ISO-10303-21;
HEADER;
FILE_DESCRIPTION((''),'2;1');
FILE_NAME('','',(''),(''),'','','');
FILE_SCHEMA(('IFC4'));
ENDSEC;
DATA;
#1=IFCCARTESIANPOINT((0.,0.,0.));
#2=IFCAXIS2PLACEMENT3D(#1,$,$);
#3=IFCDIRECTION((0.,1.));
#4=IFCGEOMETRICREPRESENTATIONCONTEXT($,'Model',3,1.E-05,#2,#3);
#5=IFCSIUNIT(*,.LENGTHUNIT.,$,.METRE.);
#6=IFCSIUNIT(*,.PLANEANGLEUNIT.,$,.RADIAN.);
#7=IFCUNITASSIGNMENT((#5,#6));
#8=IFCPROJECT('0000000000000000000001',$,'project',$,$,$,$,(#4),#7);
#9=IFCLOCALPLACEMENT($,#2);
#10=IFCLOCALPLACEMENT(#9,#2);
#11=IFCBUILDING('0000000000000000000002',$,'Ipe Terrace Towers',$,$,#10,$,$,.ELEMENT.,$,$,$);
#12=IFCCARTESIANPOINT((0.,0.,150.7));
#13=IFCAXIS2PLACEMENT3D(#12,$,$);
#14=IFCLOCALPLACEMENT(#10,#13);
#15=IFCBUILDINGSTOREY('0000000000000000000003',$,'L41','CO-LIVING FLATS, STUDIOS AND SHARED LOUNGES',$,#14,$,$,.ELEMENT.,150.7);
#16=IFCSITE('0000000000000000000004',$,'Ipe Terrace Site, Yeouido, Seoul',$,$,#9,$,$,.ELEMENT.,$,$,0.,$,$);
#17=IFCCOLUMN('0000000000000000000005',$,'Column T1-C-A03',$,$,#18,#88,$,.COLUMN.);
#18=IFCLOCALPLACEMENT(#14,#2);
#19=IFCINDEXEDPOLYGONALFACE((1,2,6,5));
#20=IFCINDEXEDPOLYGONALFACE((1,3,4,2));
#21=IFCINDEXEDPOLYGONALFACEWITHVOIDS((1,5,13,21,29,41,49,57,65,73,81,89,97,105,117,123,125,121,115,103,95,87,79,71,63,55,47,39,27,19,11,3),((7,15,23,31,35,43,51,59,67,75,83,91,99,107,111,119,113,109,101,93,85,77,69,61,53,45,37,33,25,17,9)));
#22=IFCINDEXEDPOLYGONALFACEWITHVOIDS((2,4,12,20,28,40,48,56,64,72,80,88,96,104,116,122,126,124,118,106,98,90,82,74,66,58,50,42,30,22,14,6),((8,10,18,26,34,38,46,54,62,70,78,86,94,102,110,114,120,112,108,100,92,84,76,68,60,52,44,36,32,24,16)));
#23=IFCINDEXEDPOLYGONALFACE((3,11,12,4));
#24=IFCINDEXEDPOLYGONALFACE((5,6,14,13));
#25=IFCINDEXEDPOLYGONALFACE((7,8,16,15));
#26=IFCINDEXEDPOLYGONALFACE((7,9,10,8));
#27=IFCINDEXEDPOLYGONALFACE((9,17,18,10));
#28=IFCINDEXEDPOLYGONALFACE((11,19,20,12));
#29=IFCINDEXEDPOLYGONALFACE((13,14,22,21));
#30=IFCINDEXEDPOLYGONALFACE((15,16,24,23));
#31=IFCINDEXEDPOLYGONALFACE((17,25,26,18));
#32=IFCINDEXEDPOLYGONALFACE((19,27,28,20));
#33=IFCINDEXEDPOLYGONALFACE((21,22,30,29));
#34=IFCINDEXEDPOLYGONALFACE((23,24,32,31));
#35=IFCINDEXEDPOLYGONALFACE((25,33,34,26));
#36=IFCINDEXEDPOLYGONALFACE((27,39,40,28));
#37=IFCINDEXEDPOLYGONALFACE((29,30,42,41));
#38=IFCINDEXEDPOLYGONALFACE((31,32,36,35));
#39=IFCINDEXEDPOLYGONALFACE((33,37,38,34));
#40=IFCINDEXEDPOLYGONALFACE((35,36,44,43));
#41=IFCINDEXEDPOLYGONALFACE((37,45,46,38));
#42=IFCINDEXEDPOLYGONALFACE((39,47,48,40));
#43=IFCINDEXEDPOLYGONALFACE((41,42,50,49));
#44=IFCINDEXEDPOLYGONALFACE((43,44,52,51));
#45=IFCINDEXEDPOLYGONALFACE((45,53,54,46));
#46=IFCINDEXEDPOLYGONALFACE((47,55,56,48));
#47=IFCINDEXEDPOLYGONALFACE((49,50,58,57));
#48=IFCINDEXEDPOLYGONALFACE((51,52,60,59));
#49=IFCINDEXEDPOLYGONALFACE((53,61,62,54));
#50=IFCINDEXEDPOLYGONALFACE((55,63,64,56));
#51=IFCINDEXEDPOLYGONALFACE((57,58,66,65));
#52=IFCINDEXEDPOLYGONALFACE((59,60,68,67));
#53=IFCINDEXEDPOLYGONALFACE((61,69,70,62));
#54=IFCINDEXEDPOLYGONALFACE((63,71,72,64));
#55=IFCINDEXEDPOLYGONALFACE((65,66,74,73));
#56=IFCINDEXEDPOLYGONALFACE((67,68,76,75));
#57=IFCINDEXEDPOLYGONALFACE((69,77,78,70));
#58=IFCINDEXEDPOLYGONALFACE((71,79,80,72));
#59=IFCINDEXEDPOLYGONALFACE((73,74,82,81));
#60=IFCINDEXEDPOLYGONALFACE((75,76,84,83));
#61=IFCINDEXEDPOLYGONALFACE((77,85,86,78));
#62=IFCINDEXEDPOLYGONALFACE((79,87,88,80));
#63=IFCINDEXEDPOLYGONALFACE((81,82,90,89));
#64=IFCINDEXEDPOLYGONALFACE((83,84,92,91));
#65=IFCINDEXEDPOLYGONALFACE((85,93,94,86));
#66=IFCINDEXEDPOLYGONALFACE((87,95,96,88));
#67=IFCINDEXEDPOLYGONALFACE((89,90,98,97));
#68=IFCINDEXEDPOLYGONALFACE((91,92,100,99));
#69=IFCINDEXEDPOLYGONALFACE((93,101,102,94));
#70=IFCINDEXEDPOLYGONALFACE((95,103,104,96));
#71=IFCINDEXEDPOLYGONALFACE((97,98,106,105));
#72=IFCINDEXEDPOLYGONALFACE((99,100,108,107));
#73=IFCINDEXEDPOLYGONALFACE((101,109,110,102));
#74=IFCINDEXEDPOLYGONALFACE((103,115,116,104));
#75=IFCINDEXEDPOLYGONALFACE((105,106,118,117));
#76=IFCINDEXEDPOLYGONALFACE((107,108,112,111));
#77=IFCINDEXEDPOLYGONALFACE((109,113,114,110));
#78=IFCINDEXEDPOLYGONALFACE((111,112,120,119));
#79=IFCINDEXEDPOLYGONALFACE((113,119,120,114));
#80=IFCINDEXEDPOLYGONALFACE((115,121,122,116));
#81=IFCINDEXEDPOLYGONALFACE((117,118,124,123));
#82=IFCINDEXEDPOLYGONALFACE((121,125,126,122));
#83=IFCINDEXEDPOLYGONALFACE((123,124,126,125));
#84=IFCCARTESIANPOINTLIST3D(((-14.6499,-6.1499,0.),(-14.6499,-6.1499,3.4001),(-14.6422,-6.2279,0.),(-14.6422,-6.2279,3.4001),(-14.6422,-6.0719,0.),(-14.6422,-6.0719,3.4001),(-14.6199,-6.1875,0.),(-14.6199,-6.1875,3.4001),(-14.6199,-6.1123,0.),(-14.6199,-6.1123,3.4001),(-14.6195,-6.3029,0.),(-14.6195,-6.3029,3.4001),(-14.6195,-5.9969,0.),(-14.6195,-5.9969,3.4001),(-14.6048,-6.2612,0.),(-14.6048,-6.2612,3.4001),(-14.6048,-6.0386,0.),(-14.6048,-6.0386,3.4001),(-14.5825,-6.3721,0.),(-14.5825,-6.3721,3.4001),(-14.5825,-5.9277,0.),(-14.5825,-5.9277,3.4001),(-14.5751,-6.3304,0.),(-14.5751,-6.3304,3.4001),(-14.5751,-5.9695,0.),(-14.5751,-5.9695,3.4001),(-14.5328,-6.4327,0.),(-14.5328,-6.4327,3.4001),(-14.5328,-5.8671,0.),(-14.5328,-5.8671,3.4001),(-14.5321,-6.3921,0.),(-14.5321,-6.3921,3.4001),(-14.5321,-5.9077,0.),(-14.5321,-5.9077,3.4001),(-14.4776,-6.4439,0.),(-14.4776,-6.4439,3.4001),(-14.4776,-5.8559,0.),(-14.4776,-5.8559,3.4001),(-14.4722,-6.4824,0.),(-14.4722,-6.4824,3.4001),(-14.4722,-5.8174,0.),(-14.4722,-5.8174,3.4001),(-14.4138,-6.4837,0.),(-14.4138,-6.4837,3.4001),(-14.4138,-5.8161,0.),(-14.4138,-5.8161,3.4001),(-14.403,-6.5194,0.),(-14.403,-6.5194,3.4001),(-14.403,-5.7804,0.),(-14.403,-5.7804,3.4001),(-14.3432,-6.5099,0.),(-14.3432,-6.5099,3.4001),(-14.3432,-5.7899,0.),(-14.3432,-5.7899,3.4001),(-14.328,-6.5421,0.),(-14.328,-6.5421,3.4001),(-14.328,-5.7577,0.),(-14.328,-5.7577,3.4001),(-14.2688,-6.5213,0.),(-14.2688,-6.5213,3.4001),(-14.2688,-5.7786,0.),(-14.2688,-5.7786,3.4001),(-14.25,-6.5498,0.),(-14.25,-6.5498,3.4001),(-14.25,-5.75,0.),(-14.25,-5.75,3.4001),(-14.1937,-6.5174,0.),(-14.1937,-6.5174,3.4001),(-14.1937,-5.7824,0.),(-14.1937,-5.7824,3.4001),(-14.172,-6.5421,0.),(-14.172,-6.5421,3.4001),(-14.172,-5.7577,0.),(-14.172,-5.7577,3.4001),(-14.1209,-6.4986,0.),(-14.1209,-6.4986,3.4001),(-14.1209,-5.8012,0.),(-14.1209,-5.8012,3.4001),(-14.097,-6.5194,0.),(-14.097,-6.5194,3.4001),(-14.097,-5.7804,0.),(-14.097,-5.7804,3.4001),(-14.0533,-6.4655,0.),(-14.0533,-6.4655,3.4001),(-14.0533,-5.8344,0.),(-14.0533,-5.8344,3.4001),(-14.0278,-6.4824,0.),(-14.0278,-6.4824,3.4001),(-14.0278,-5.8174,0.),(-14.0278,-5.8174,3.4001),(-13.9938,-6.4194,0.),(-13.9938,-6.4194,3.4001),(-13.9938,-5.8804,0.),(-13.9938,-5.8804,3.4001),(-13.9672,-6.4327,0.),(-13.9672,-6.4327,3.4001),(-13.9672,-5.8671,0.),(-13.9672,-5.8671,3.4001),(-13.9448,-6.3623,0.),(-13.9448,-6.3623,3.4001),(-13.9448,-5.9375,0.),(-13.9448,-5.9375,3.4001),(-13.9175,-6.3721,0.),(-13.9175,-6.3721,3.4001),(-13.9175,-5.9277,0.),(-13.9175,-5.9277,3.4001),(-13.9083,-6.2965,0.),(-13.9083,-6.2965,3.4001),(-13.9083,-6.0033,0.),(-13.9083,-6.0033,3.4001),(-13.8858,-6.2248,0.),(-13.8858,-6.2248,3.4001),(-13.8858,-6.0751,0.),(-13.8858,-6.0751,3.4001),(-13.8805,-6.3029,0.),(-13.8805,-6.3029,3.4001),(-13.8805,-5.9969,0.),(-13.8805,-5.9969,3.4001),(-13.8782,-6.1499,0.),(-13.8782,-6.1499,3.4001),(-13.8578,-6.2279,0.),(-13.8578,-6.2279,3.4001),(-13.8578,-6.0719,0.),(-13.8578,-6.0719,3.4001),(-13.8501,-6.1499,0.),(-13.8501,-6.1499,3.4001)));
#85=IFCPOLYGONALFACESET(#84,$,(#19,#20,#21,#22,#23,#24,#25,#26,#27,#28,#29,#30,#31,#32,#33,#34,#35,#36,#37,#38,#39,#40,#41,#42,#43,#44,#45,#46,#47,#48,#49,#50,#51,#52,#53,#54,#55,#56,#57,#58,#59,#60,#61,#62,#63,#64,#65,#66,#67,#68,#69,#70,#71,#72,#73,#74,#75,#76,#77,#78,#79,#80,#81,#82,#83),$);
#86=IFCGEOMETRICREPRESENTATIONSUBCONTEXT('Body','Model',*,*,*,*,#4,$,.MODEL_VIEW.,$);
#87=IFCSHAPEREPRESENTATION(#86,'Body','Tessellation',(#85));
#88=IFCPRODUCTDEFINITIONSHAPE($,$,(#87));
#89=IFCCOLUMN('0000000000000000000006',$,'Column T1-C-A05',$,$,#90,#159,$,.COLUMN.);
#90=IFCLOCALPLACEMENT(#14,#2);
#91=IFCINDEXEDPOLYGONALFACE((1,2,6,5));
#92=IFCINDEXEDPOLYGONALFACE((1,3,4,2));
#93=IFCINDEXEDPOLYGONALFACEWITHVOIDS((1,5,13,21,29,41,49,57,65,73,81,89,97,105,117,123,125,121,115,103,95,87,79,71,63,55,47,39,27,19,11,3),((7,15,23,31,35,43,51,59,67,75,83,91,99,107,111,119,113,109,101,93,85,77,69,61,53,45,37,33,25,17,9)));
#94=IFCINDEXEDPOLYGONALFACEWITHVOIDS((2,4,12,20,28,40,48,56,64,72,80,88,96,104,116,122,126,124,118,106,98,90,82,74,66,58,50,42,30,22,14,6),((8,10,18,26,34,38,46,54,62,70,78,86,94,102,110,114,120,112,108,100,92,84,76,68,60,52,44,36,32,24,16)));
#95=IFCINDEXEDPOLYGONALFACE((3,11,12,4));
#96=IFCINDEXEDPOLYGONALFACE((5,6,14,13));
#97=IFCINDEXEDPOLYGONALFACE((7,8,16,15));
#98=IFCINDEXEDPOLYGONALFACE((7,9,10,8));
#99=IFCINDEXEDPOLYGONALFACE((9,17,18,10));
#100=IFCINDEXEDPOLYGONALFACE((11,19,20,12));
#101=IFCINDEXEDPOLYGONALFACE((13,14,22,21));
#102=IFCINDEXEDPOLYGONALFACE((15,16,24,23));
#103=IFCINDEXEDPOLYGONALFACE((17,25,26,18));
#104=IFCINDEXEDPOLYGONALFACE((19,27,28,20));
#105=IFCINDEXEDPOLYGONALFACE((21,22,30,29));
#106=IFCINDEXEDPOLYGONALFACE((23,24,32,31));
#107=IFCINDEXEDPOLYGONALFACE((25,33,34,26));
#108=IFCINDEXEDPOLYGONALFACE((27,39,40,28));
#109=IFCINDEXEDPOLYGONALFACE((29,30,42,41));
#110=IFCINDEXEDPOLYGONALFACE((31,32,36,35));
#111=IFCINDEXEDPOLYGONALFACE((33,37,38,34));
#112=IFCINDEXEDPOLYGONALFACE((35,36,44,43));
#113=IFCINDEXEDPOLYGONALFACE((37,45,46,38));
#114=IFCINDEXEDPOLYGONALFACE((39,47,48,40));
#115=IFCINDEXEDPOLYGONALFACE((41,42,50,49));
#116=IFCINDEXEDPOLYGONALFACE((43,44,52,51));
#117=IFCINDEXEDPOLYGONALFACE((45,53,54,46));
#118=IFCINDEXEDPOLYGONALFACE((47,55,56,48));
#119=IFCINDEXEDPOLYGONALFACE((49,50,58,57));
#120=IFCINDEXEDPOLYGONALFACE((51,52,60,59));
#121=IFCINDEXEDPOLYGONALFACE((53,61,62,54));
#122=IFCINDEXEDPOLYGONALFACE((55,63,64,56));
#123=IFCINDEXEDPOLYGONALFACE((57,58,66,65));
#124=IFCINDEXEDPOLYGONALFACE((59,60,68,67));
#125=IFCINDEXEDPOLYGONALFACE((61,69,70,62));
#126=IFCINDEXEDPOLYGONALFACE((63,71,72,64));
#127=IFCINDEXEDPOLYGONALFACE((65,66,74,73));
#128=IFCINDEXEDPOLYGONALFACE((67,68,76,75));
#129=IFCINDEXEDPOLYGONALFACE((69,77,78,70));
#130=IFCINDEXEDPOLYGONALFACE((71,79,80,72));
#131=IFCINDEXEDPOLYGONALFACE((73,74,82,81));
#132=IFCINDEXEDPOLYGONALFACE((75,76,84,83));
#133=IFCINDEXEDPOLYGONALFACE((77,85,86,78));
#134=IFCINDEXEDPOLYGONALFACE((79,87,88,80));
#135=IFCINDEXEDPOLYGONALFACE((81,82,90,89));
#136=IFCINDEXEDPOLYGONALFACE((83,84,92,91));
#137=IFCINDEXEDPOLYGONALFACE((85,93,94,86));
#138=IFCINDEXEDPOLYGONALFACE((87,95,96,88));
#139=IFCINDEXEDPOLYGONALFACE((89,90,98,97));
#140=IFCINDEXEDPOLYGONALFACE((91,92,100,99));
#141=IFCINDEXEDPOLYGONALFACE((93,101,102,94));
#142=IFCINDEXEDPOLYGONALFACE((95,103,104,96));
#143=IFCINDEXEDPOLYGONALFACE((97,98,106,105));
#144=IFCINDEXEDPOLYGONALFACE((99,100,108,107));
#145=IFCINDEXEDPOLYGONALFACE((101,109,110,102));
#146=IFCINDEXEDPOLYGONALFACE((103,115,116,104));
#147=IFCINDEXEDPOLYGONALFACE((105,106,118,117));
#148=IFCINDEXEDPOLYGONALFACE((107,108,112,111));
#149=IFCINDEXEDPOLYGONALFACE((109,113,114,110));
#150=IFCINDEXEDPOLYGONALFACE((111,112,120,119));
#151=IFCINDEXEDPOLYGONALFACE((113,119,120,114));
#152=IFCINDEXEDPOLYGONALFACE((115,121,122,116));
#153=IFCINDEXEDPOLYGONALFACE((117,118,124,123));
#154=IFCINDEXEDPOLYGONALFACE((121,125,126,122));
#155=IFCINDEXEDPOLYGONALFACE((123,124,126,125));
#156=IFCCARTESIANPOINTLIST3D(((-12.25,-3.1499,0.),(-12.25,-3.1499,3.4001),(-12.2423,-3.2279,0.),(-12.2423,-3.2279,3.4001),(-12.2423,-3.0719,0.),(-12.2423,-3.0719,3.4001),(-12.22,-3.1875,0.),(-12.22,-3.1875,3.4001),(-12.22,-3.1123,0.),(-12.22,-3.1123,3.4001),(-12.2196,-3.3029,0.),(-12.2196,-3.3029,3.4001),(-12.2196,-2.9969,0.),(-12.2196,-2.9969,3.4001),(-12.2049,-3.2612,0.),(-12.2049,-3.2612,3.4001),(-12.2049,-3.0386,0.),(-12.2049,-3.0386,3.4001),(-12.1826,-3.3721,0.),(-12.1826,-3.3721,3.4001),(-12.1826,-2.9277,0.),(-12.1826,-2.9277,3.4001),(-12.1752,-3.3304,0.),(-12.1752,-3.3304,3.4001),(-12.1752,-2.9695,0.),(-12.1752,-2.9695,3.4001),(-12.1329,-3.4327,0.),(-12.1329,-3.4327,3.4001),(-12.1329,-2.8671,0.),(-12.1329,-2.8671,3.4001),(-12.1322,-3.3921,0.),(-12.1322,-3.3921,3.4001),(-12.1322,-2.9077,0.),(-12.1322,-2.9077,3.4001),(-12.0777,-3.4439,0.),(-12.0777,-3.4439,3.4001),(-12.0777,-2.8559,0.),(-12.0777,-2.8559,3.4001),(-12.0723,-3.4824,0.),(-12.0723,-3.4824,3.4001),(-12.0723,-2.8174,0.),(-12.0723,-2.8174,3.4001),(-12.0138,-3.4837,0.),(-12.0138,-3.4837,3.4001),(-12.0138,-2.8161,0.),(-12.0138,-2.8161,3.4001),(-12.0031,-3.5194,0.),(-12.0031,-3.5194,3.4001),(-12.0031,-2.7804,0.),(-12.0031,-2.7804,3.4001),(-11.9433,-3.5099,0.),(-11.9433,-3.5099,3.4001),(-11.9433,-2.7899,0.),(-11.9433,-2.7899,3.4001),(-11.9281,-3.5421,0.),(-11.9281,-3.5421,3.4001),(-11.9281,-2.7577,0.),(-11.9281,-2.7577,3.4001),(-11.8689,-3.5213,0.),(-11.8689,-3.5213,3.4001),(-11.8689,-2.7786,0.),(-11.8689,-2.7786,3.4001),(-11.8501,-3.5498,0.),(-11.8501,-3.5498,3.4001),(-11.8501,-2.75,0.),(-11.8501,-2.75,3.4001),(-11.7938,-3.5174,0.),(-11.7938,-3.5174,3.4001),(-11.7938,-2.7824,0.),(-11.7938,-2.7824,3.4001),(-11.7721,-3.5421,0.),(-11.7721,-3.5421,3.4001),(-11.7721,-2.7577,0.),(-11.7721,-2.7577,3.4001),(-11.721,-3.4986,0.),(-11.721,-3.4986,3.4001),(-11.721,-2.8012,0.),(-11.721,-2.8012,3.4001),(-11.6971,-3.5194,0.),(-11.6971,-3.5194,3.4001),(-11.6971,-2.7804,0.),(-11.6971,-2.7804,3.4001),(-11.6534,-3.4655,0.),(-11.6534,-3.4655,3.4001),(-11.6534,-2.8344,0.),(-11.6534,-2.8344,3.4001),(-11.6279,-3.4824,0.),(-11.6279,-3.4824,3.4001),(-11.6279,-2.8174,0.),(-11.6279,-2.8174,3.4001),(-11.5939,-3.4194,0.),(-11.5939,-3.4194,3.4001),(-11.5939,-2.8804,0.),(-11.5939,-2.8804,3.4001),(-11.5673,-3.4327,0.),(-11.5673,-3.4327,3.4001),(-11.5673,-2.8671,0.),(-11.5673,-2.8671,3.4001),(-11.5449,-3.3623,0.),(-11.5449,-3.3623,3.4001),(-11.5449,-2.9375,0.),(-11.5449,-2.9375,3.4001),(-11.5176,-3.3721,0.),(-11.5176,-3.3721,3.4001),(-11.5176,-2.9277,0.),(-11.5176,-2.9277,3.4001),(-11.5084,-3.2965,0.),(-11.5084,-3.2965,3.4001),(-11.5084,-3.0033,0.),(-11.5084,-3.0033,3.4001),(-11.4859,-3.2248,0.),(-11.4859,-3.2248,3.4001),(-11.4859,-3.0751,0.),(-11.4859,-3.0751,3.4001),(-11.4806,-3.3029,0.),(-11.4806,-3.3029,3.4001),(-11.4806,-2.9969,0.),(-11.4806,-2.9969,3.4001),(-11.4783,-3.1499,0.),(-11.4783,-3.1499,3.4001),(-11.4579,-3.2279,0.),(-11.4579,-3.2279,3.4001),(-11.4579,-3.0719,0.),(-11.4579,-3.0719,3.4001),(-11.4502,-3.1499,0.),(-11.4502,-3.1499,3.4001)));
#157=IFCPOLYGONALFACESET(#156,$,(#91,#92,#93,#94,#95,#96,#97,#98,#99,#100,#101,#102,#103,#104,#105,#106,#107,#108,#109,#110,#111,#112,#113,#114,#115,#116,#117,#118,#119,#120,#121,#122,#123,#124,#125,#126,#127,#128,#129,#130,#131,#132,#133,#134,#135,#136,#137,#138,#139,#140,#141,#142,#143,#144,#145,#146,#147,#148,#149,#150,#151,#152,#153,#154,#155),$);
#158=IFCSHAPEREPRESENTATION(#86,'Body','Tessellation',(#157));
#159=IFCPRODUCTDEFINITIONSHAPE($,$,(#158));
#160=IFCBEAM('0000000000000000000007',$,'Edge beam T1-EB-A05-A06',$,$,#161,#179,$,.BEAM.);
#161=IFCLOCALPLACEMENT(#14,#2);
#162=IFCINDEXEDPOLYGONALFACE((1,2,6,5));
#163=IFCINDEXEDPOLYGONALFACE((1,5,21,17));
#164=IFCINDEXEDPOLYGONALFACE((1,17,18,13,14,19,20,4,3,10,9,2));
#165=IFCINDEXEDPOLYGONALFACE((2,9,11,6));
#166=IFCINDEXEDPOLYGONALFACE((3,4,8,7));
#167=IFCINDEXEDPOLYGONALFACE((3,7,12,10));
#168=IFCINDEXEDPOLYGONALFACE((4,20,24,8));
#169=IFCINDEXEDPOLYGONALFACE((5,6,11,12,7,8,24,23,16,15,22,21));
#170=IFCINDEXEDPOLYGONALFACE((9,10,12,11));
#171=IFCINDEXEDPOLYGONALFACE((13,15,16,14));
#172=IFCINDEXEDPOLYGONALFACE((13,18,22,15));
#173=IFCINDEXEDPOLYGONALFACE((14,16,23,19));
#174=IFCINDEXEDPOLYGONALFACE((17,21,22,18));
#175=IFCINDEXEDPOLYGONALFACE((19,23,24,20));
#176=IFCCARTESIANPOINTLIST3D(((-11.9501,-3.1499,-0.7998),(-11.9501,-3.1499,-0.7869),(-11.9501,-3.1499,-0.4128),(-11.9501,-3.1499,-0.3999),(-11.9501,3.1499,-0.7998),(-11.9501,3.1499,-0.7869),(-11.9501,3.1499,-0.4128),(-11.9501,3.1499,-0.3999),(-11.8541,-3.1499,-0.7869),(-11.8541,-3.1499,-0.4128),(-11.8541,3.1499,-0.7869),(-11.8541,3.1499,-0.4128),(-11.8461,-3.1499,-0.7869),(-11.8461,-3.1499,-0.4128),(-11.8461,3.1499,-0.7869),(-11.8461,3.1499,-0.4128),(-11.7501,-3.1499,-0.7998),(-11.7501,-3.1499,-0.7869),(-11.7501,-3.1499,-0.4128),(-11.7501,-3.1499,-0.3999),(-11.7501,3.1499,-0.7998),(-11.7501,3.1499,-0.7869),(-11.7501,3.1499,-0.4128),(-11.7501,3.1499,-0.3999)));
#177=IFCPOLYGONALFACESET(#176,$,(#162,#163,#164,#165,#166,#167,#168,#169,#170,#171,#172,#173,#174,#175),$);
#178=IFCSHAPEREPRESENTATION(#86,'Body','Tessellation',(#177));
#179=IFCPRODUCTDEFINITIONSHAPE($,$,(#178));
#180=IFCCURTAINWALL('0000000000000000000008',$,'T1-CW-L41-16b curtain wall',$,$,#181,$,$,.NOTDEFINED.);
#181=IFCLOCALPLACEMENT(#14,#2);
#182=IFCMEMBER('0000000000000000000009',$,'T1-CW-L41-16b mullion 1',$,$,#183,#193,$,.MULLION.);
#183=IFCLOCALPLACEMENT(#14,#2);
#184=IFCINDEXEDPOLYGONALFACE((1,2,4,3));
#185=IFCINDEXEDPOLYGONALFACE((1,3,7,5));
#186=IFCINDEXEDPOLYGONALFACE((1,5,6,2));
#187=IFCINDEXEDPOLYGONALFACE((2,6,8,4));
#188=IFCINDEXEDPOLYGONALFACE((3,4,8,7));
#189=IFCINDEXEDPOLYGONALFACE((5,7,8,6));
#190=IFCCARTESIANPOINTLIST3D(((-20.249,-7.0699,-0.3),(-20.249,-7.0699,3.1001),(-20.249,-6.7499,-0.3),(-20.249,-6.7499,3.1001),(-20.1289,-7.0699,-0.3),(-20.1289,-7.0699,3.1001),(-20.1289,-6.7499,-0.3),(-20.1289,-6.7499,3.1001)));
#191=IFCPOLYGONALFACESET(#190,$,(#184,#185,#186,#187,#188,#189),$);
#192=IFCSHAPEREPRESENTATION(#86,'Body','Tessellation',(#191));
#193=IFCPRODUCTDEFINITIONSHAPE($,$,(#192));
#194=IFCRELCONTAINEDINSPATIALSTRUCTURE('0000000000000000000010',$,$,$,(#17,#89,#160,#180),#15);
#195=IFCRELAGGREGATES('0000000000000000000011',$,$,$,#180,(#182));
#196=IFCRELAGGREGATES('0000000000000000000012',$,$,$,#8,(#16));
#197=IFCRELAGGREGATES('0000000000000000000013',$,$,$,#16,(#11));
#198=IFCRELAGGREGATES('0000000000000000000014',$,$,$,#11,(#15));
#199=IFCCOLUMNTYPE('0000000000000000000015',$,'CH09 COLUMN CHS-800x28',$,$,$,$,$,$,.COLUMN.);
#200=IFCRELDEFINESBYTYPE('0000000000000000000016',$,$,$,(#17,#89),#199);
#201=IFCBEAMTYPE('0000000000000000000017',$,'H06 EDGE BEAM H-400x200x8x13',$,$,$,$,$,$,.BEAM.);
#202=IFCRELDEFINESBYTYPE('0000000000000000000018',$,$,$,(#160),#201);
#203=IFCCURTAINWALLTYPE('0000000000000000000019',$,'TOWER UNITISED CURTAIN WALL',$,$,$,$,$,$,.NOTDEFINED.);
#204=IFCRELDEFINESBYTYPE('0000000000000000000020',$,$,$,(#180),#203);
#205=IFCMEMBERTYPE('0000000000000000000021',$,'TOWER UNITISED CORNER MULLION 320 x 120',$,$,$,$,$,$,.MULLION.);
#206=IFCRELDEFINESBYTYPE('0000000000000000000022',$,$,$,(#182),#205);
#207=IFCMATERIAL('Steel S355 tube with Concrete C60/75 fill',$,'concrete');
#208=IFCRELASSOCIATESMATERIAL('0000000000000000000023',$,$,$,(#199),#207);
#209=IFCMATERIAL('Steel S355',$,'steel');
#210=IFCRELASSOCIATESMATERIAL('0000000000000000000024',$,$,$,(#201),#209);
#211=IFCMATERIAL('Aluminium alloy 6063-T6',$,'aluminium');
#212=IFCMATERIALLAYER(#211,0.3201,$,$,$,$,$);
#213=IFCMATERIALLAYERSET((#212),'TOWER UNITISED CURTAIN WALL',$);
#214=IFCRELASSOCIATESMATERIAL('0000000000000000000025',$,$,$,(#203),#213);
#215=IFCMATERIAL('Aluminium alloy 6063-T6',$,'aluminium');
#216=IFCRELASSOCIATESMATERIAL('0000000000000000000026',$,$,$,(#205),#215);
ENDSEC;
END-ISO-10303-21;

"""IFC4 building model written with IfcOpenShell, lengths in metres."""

from ifc_helpers import new_model, si_unit, direction, frame, origin, origin_2d, place, context, subcontext, project, spatial, rectangle, hollow_circle, i_section, extrude, material, layer, layer_set, material_profile, profile_set, type_object, element, aggregate, save


model = new_model("IFC4")

# Units and contexts
model_context = context("Model", 3, precision=1e-05, world=origin(), true_north=direction((0.0, 1.0)))
body_context = subcontext(model_context, "Body", "Model", "MODEL_VIEW")
ifc_project = project(units=[si_unit("LENGTHUNIT", "METRE"), si_unit("PLANEANGLEUNIT", "RADIAN")], contexts=[model_context])

# Site, building, storey
site_placement = place(None, origin())
site = spatial("IfcSite", under=ifc_project, at=site_placement, Name="Ipe Terrace Site, Yeouido, Seoul", CompositionType="ELEMENT", RefElevation=0.0)
building_placement = place(site_placement, origin())
building = spatial("IfcBuilding", under=site, at=building_placement, Name="Ipe Terrace Towers", CompositionType="ELEMENT")
storey_placement = place(building_placement, frame((0.0, 0.0, 150.7)))
storey = spatial("IfcBuildingStorey", under=building, at=storey_placement, Name="L41", Description="CO-LIVING FLATS, STUDIOS AND SHARED LOUNGES", CompositionType="ELEMENT", Elevation=150.7)

# Columns
ifc_material_1 = material(Name="Steel S355 tube with Concrete C60/75 fill", Category="concrete")
ifc_material_profile_1 = material_profile(ifc_material_1, hollow_circle(Radius=0.3999, WallThickness=0.0281, at=origin_2d()), Name="CHS-800x28")
ifc_profile_set_1 = profile_set([ifc_material_profile_1], Name="Steel S355 tube with Concrete C60/75 fill")
column_type = type_object("IfcColumnType", Name="CH09 COLUMN CHS-800x28", PredefinedType="COLUMN", material=ifc_profile_set_1)
for number, where, z_axis, x_axis, name in (
    (1, (-14.25, -6.1499, 0.0), (0.0, 0.0, 1.0), (1.0, 0.0, 0.0), "Column T1-C-A03"),
    (2, (-11.8501, -3.1499, 0.0), (0.0, 0.0, 1.0), (1.0, 0.0, 0.0), "Column T1-C-A05"),
):
    element("IfcColumn", number, at=place(storey_placement, frame(where, z_axis=z_axis, x_axis=x_axis)), inside=storey, type_object=column_type, Name=name, PredefinedType="COLUMN", context=body_context, shape_type="SweptSolid", body=[
        extrude(hollow_circle(Radius=0.3999, WallThickness=0.0281, at=origin_2d()), origin(), (0.0, 0.0, 1.0), 3.4001),
    ])

# Beam
ifc_material_2 = material(Name="Steel S355", Category="steel")
ifc_material_profile_2 = material_profile(ifc_material_2, i_section(OverallWidth=0.2, OverallDepth=0.3999, WebThickness=0.0081, FlangeThickness=0.0129, at=origin_2d()), Name="H-400x200x8x13")
ifc_profile_set_2 = profile_set([ifc_material_profile_2], Name="Steel S355")
beam_type = type_object("IfcBeamType", Name="H06 EDGE BEAM H-400x200x8x13", PredefinedType="BEAM", material=ifc_profile_set_2)
beam_placement = place(storey_placement, frame((-11.8501, -3.1499, -0.5999), z_axis=(0.0, 1.0, 0.0), x_axis=(-1.0, 0.0, 0.0)))
element("IfcBeam", 3, at=beam_placement, inside=storey, type_object=beam_type, Name="Edge beam T1-EB-A05-A06", PredefinedType="BEAM", context=body_context, shape_type="SweptSolid", body=[
    extrude(i_section(OverallWidth=0.2, OverallDepth=0.3999, WebThickness=0.0081, FlangeThickness=0.0129, at=origin_2d()), origin(), (0.0, 0.0, 1.0), 6.2998),
])

# Curtain wall, member
ifc_material_3 = material(Name="Aluminium alloy 6063-T6", Category="aluminium")
ifc_layer_1 = layer(ifc_material_3, 0.3201)
ifc_layer_set_1 = layer_set([ifc_layer_1], Name="TOWER UNITISED CURTAIN WALL")
curtain_wall_type = type_object("IfcCurtainWallType", Name="TOWER UNITISED CURTAIN WALL", PredefinedType="NOTDEFINED", material=ifc_layer_set_1)
curtain_wall_1_placement = place(storey_placement, origin())
curtain_wall_1 = element("IfcCurtainWall", 4, at=curtain_wall_1_placement, inside=storey, type_object=curtain_wall_type, Name="T1-CW-L41-16b curtain wall", PredefinedType="NOTDEFINED")
ifc_material_4 = material(Name="Aluminium alloy 6063-T6", Category="aluminium")
ifc_material_profile_3 = material_profile(ifc_material_4, rectangle(XDim=0.3201, YDim=0.1201, at=origin_2d()), Name="TOWER UNITISED CORNER MULLION 320 x 120")
ifc_profile_set_3 = profile_set([ifc_material_profile_3], Name="Aluminium alloy 6063-T6")
member_type_1 = type_object("IfcMemberType", Name="TOWER UNITISED CORNER MULLION 320 x 120", PredefinedType="MULLION", material=ifc_profile_set_3)
member_1_placement = place(storey_placement, frame((-20.189, -6.9099, -0.3), z_axis=(0.0, 0.0, 1.0), x_axis=(0.0, -1.0, 0.0)))
member_1 = element("IfcMember", 5, at=member_1_placement, type_object=member_type_1, Name="T1-CW-L41-16b mullion 1", PredefinedType="MULLION", context=body_context, shape_type="SweptSolid", body=[
    extrude(rectangle(XDim=0.3201, YDim=0.1201, at=origin_2d()), origin(), (0.0, 0.0, 1.0), 3.4001),
])

aggregate(curtain_wall_1, [member_1])

save(model, "model.ifc")
